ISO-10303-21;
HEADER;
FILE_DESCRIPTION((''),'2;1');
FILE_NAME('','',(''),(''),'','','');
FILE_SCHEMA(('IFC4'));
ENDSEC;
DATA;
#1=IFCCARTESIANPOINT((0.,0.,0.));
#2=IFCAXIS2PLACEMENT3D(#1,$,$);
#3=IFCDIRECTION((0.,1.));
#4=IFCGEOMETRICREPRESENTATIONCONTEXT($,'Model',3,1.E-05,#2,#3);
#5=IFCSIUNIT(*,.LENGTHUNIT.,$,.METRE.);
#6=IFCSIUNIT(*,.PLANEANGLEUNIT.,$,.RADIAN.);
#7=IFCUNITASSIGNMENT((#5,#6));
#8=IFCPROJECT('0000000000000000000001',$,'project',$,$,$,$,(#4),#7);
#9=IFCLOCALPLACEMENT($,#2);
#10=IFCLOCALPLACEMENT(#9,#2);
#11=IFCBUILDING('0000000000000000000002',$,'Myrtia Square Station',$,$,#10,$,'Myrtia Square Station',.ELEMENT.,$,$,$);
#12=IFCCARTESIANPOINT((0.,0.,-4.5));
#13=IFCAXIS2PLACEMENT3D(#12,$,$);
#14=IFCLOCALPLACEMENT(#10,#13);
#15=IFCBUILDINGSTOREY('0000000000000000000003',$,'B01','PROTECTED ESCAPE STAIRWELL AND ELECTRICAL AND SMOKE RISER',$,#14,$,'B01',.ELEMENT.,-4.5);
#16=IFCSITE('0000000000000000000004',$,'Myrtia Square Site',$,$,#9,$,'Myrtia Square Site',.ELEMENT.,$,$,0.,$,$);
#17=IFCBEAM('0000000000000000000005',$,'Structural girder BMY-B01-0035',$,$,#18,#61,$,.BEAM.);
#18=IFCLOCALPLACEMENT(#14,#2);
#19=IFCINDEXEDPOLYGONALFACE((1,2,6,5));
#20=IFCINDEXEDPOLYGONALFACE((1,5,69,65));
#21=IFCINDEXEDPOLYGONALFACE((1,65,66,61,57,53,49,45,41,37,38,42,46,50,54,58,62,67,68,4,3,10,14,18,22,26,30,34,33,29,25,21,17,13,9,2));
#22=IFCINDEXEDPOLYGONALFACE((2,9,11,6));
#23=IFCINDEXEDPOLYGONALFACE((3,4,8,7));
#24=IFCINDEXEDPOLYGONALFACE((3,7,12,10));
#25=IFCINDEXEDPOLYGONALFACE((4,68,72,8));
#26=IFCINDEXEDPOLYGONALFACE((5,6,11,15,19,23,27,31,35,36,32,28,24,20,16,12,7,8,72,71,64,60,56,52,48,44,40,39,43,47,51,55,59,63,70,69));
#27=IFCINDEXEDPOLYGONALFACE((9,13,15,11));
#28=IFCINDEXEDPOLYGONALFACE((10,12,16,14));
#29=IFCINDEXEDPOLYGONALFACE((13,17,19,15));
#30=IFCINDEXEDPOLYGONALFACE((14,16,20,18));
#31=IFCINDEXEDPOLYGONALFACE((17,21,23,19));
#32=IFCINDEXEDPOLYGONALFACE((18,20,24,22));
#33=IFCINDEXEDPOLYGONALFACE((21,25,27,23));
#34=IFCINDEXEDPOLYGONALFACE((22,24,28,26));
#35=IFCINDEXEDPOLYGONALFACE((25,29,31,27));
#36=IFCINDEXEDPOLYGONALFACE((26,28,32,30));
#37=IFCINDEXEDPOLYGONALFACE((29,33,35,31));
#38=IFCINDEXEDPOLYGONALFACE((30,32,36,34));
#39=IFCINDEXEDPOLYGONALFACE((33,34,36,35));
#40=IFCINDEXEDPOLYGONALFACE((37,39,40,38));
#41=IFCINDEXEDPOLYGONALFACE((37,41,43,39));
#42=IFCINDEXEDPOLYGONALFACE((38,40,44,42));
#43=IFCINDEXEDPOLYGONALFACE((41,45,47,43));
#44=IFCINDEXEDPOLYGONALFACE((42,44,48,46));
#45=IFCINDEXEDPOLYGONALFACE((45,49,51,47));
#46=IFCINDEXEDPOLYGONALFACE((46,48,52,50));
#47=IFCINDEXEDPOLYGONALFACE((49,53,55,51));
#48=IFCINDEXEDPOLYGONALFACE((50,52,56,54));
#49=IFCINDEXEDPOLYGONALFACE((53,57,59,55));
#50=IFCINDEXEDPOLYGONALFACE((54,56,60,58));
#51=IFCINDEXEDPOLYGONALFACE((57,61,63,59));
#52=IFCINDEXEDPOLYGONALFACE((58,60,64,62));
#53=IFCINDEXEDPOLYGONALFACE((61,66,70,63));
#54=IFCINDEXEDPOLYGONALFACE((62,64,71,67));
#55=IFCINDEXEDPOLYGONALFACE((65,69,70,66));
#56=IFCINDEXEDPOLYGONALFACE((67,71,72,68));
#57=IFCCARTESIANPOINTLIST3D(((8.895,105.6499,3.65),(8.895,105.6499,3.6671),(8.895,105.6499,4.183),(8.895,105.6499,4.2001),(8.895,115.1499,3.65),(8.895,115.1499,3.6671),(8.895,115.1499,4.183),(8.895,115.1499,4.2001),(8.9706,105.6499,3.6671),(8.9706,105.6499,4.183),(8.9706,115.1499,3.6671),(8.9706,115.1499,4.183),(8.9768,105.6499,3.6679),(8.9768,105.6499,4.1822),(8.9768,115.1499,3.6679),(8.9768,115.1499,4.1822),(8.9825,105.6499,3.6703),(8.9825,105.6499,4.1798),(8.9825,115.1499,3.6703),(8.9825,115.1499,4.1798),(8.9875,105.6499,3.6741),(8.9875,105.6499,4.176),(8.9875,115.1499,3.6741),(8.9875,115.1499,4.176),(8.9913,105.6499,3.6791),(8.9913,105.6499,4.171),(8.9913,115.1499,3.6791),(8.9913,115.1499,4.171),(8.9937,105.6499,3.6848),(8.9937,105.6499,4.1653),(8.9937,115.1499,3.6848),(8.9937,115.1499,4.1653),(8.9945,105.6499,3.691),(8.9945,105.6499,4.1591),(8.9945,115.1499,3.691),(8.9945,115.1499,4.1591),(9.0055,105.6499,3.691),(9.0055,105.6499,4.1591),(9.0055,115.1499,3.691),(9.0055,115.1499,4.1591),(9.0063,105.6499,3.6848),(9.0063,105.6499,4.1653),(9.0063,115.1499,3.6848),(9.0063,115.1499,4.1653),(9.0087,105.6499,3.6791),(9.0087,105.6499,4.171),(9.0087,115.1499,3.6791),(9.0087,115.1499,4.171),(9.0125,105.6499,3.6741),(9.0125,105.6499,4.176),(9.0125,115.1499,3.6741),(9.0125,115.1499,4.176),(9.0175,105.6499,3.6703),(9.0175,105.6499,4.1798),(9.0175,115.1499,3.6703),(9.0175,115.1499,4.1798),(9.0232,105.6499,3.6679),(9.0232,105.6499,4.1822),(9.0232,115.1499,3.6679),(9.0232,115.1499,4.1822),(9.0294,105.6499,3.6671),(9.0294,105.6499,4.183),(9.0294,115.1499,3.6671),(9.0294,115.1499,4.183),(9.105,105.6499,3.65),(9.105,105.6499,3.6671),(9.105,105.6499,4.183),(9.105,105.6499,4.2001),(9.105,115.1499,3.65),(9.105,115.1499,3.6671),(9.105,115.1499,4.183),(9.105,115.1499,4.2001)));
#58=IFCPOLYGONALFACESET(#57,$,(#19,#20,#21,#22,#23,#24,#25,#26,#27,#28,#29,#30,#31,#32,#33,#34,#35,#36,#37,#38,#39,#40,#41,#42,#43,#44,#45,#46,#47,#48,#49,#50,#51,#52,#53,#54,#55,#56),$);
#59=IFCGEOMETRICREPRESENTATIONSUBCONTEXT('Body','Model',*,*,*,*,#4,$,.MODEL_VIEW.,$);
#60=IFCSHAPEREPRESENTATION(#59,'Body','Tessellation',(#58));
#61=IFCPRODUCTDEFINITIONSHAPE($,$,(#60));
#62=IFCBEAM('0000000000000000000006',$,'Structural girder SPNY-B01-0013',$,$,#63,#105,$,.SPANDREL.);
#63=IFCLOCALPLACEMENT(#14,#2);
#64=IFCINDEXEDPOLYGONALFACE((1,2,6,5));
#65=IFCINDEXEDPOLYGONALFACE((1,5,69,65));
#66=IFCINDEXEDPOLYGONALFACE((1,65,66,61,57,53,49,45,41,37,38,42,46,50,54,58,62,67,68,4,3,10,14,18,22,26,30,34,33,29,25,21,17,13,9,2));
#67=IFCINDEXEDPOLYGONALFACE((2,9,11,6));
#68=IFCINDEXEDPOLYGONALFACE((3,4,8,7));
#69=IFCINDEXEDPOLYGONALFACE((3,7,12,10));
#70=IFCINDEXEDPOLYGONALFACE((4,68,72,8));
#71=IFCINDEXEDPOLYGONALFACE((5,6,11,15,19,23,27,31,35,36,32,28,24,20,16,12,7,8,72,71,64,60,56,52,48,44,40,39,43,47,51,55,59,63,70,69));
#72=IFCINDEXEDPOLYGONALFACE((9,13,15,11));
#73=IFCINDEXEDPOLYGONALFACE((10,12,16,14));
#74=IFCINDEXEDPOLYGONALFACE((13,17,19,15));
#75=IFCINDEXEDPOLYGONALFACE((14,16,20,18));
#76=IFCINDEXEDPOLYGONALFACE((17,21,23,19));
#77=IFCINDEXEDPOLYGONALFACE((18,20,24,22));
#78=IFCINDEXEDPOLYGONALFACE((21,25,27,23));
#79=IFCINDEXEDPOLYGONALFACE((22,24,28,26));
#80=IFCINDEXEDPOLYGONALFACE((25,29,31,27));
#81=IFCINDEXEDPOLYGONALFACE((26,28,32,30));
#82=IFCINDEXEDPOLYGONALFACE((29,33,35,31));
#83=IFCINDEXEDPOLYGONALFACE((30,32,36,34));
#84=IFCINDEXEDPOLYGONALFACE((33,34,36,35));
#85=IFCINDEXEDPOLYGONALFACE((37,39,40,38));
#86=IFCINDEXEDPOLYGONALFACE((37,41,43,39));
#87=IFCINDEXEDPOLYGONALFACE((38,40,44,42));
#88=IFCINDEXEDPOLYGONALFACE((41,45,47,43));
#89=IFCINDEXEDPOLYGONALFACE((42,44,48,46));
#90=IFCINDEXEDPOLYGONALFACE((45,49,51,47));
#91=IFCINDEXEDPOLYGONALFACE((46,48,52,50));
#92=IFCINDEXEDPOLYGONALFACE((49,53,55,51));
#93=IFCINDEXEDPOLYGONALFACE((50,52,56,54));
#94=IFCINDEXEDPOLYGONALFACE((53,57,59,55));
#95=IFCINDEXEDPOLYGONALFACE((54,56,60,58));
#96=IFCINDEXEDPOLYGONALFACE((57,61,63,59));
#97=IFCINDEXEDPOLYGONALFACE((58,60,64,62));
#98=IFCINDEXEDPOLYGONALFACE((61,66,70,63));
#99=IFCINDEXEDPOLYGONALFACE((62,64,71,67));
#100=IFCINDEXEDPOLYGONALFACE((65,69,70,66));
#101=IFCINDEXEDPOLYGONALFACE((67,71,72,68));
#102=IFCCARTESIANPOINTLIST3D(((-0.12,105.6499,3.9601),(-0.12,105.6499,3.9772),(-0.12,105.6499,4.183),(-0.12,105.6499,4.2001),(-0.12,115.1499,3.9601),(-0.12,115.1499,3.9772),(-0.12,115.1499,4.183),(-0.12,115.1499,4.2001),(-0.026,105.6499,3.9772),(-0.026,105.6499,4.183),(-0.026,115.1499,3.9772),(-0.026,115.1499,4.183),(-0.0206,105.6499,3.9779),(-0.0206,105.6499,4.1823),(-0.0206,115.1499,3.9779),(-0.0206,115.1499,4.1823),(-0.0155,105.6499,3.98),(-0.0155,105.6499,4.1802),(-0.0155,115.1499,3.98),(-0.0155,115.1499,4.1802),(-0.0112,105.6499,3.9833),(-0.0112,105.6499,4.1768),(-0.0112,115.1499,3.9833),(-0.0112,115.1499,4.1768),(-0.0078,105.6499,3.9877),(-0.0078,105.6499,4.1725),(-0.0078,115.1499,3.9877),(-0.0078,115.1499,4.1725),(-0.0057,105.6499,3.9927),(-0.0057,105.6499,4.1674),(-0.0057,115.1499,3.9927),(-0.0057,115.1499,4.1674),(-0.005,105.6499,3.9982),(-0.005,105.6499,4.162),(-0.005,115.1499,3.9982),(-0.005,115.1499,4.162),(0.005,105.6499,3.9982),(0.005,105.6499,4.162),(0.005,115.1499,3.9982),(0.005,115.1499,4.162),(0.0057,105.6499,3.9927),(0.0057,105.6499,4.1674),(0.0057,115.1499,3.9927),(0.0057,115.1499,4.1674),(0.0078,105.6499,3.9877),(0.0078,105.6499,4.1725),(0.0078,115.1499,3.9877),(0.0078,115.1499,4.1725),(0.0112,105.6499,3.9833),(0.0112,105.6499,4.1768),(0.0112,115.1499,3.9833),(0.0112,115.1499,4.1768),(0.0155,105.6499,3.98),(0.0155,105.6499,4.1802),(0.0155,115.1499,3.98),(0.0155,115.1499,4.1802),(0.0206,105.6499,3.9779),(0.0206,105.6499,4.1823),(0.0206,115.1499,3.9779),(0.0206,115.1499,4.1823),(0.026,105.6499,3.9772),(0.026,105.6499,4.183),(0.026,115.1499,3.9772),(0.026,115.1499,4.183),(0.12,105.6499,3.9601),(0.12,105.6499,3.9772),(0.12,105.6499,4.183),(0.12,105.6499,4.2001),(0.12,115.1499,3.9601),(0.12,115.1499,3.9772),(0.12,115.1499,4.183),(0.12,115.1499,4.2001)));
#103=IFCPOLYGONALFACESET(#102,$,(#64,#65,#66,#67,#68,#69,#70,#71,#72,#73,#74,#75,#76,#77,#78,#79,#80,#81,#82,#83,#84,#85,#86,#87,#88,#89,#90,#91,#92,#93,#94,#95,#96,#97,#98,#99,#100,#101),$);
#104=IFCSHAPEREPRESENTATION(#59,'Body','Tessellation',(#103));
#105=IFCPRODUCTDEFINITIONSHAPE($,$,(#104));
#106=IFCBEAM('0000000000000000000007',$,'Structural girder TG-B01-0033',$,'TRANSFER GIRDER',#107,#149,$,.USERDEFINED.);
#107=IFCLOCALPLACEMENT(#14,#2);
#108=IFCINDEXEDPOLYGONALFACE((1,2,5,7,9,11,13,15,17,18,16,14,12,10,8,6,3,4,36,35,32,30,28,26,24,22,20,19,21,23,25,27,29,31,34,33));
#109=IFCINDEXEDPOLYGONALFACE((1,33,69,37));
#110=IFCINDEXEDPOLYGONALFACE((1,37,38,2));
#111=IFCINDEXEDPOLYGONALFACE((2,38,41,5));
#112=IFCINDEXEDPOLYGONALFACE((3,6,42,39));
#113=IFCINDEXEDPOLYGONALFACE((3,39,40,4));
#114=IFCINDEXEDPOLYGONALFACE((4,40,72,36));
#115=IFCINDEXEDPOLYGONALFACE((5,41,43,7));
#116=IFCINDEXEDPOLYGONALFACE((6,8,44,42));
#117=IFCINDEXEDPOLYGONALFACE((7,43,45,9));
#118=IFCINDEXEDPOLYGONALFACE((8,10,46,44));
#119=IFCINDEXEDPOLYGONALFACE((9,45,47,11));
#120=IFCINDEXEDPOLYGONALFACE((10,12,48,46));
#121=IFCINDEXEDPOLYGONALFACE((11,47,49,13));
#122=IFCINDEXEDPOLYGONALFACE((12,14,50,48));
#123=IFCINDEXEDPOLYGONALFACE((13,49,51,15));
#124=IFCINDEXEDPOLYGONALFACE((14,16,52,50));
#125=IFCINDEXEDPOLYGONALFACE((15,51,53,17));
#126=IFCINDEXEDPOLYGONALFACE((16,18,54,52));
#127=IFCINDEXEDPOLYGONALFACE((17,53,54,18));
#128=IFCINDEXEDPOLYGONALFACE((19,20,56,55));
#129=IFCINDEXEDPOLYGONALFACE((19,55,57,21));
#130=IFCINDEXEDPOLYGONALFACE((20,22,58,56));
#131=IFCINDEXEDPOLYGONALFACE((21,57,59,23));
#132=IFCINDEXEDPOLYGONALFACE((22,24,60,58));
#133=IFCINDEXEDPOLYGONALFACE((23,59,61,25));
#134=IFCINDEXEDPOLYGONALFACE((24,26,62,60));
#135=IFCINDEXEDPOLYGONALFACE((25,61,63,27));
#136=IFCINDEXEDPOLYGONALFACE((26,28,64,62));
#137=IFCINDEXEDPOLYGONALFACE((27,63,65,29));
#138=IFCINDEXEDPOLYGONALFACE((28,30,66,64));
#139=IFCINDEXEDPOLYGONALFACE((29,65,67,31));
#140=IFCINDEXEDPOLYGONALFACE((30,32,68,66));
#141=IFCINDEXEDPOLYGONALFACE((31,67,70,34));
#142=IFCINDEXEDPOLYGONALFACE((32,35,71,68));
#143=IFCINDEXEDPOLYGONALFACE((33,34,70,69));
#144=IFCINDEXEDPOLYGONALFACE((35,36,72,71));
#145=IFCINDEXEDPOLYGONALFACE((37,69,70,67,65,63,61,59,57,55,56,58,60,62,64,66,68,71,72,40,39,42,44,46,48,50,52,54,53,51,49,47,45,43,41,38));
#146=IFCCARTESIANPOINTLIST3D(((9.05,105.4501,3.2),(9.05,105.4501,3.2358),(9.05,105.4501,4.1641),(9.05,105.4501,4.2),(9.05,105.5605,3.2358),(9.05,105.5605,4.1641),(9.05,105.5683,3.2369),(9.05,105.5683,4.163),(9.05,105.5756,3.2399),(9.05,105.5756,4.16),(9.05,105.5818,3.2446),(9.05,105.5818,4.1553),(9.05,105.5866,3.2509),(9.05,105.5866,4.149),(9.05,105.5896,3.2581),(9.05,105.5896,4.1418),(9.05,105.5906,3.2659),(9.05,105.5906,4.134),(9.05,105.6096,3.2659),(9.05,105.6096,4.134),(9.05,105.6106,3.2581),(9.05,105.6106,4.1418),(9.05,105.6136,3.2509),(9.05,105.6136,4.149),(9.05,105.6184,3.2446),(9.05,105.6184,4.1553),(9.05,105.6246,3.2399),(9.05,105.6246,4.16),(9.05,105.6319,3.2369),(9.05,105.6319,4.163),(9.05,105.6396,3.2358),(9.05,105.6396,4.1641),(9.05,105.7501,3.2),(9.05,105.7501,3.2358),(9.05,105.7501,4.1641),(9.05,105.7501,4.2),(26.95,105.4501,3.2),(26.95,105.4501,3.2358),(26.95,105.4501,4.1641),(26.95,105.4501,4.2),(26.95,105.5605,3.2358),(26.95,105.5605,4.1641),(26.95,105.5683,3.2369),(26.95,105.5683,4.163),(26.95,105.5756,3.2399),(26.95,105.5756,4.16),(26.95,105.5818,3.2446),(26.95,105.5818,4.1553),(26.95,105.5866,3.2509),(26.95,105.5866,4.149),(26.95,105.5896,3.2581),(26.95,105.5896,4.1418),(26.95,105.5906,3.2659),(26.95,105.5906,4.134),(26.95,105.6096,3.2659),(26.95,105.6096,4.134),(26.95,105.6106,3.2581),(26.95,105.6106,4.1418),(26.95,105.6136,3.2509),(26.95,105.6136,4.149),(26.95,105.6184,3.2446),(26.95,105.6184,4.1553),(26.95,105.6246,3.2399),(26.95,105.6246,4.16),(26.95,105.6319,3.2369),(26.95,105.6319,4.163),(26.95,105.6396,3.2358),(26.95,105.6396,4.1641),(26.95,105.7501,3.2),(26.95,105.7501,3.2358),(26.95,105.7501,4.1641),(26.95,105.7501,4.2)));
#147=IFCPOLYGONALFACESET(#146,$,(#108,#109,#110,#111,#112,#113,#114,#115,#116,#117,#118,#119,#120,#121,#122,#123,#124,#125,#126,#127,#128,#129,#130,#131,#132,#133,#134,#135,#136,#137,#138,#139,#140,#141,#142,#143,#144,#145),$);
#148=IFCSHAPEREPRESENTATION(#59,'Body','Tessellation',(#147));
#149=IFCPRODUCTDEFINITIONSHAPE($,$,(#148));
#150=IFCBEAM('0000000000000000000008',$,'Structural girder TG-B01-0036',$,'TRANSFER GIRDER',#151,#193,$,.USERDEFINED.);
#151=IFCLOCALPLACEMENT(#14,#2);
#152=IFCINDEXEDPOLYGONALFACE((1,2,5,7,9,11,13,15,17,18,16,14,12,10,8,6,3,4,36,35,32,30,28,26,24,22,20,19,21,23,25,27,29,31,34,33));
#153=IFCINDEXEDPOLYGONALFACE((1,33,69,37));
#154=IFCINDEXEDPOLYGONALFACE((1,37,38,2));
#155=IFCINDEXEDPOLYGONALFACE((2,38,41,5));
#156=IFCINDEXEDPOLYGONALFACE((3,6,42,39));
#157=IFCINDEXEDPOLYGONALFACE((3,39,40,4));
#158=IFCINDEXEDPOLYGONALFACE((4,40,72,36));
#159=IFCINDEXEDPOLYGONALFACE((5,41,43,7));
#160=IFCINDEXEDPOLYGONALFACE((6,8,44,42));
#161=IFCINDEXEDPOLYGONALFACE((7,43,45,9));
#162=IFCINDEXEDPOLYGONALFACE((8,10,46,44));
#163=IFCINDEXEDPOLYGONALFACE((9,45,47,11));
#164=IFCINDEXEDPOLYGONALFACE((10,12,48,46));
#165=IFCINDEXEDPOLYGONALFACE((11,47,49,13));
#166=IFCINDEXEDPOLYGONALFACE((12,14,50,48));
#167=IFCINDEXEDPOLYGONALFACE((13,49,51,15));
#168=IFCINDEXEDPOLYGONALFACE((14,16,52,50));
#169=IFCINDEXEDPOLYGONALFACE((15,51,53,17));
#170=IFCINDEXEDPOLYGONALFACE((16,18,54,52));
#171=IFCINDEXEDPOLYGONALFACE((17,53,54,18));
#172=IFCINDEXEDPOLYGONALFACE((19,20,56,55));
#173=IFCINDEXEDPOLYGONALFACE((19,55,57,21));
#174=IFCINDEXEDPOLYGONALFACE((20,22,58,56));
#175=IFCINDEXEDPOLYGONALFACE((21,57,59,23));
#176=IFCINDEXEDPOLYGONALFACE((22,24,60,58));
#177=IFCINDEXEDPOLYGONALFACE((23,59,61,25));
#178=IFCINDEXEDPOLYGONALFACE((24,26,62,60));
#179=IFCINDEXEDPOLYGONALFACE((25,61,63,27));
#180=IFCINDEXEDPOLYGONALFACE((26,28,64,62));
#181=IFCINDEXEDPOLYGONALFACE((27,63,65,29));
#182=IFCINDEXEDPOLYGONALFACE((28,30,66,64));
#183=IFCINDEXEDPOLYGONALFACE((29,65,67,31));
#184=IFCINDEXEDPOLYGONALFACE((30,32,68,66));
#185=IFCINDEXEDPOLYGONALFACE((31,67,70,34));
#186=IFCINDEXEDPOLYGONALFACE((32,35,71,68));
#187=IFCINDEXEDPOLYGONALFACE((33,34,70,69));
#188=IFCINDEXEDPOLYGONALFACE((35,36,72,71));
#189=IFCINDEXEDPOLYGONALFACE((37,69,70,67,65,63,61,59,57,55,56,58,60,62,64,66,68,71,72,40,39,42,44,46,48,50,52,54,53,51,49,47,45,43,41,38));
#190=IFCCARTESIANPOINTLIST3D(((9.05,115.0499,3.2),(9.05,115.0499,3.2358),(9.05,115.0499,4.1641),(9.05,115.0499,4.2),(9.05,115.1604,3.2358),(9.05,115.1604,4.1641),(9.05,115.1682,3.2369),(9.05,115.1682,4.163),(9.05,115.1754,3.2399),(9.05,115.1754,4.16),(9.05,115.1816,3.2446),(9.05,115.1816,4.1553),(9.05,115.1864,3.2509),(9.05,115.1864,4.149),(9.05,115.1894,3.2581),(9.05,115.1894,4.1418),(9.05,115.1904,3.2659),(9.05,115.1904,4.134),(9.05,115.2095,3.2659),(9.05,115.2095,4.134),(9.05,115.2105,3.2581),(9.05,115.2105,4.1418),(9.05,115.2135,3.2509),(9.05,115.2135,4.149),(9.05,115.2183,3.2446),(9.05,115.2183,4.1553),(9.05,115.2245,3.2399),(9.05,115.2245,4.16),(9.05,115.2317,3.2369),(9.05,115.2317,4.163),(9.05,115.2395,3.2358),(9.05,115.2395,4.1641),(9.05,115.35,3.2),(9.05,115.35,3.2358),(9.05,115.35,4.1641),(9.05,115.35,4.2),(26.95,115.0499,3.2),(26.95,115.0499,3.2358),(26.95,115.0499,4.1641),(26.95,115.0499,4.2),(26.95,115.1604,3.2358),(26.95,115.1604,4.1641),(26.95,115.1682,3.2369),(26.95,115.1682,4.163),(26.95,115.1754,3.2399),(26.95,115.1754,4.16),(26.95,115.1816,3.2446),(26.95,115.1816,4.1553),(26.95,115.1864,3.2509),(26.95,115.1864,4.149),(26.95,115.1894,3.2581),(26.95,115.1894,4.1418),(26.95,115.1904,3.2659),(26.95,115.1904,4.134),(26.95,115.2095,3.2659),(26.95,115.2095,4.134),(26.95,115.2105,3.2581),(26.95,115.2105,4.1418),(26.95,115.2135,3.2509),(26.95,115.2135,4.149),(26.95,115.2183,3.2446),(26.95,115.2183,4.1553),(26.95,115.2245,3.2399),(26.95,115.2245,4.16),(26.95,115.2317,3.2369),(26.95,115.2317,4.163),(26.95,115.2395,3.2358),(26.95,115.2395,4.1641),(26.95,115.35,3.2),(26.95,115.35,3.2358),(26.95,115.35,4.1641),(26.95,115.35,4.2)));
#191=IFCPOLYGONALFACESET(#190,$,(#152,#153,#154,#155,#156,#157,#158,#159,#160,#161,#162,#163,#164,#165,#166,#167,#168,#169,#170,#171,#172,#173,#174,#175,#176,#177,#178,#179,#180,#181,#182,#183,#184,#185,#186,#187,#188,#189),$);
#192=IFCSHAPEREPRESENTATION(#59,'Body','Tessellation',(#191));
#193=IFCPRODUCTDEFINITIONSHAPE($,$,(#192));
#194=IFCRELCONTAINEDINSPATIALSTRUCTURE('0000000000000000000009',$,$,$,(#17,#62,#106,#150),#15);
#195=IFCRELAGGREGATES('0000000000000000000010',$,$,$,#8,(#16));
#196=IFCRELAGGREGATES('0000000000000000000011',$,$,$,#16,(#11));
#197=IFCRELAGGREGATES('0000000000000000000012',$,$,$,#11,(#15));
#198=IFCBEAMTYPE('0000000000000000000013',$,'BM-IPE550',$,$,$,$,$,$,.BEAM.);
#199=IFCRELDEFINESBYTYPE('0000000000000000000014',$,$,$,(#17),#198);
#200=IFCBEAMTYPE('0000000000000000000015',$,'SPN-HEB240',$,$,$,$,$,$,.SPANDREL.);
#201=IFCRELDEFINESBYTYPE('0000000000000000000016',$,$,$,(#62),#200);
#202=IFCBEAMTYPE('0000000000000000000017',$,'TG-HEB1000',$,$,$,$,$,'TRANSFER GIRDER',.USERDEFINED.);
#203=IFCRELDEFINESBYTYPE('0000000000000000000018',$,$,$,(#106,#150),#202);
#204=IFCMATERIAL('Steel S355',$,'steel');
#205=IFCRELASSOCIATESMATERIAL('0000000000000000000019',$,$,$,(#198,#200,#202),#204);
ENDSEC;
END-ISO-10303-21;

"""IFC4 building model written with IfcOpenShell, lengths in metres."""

from ifc_helpers import new_model, si_unit, direction, frame, origin, origin_2d, place, context, subcontext, project, spatial, i_section, extrude, material, material_profile, profile_set, type_object, element, save


model = new_model("IFC4")

# Units and contexts
model_context = context("Model", 3, precision=1e-05, world=origin(), true_north=direction((0.0, 1.0)))
body_context = subcontext(model_context, "Body", "Model", "MODEL_VIEW")
ifc_project = project(units=[si_unit("LENGTHUNIT", "METRE"), si_unit("PLANEANGLEUNIT", "RADIAN")], contexts=[model_context])

# Site, building, storey
site_placement = place(None, origin())
site = spatial("IfcSite", under=ifc_project, at=site_placement, Name="Myrtia Square Site", LongName="Myrtia Square Site", CompositionType="ELEMENT", RefElevation=0.0)
building_placement = place(site_placement, origin())
building = spatial("IfcBuilding", under=site, at=building_placement, Name="Myrtia Square Station", LongName="Myrtia Square Station", CompositionType="ELEMENT")
storey_placement = place(building_placement, frame((0.0, 0.0, -4.5)))
storey = spatial("IfcBuildingStorey", under=building, at=storey_placement, Name="B01", Description="PROTECTED ESCAPE STAIRWELL AND ELECTRICAL AND SMOKE RISER", LongName="B01", CompositionType="ELEMENT", Elevation=-4.5)

# Beams
ifc_material_1 = material(Name="Steel S355", Category="steel")
ifc_material_profile_1 = material_profile(ifc_material_1, i_section(OverallWidth=0.21, OverallDepth=0.55, WebThickness=0.011, FlangeThickness=0.0171, FilletRadius=0.0239, at=origin_2d()), Name="IPE 550")
ifc_profile_set_1 = profile_set([ifc_material_profile_1], Name="Steel S355")
beam_type_1 = type_object("IfcBeamType", Name="BM-IPE550", PredefinedType="BEAM", material=ifc_profile_set_1)
beam_1_placement = place(storey_placement, frame((9.0, 105.6499, 3.925), z_axis=(0.0, 1.0, 0.0), x_axis=(-1.0, 0.0, 0.0)))
element("IfcBeam", 1, at=beam_1_placement, inside=storey, type_object=beam_type_1, Name="Structural girder BMY-B01-0035", PredefinedType="BEAM", context=body_context, shape_type="SweptSolid", body=[
    extrude(i_section(OverallWidth=0.21, OverallDepth=0.55, WebThickness=0.011, FlangeThickness=0.0171, FilletRadius=0.0239, at=origin_2d()), origin(), (0.0, 0.0, 1.0), 9.5),
])
ifc_material_profile_2 = material_profile(ifc_material_1, i_section(OverallWidth=0.24, OverallDepth=0.24, WebThickness=0.01, FlangeThickness=0.0171, FilletRadius=0.021, at=origin_2d()), Name="HEB 240")
ifc_profile_set_2 = profile_set([ifc_material_profile_2], Name="Steel S355")
beam_type_2 = type_object("IfcBeamType", Name="SPN-HEB240", PredefinedType="SPANDREL", material=ifc_profile_set_2)
beam_2_placement = place(storey_placement, frame((0.0, 105.6499, 4.0801), z_axis=(0.0, 1.0, 0.0), x_axis=(-1.0, 0.0, 0.0)))
element("IfcBeam", 2, at=beam_2_placement, inside=storey, type_object=beam_type_2, Name="Structural girder SPNY-B01-0013", PredefinedType="SPANDREL", context=body_context, shape_type="SweptSolid", body=[
    extrude(i_section(OverallWidth=0.24, OverallDepth=0.24, WebThickness=0.01, FlangeThickness=0.0171, FilletRadius=0.021, at=origin_2d()), origin(), (0.0, 0.0, 1.0), 9.5),
])
ifc_material_profile_3 = material_profile(ifc_material_1, i_section(OverallWidth=0.3, OverallDepth=1.0, WebThickness=0.019, FlangeThickness=0.0359, FilletRadius=0.03, at=origin_2d()), Name="HEB 1000")
ifc_profile_set_3 = profile_set([ifc_material_profile_3], Name="Steel S355")
beam_type_3 = type_object("IfcBeamType", Name="TG-HEB1000", ElementType="TRANSFER GIRDER", PredefinedType="USERDEFINED", material=ifc_profile_set_3)
for number, where, z_axis, x_axis, name in (
    (3, (9.05, 105.6001, 3.7), (1.0, 0.0, 0.0), (0.0, 1.0, 0.0), "Structural girder TG-B01-0033"),
    (4, (9.05, 115.2, 3.7), (1.0, 0.0, 0.0), (0.0, 1.0, 0.0), "Structural girder TG-B01-0036"),
):
    element("IfcBeam", number, at=place(storey_placement, frame(where, z_axis=z_axis, x_axis=x_axis)), inside=storey, type_object=beam_type_3, Name=name, ObjectType="TRANSFER GIRDER", PredefinedType="USERDEFINED", context=body_context, shape_type="SweptSolid", body=[
        extrude(i_section(OverallWidth=0.3, OverallDepth=1.0, WebThickness=0.019, FlangeThickness=0.0359, FilletRadius=0.03, at=origin_2d()), origin(), (0.0, 0.0, 1.0), 17.8999),
    ])

save(model, "model.ifc")
